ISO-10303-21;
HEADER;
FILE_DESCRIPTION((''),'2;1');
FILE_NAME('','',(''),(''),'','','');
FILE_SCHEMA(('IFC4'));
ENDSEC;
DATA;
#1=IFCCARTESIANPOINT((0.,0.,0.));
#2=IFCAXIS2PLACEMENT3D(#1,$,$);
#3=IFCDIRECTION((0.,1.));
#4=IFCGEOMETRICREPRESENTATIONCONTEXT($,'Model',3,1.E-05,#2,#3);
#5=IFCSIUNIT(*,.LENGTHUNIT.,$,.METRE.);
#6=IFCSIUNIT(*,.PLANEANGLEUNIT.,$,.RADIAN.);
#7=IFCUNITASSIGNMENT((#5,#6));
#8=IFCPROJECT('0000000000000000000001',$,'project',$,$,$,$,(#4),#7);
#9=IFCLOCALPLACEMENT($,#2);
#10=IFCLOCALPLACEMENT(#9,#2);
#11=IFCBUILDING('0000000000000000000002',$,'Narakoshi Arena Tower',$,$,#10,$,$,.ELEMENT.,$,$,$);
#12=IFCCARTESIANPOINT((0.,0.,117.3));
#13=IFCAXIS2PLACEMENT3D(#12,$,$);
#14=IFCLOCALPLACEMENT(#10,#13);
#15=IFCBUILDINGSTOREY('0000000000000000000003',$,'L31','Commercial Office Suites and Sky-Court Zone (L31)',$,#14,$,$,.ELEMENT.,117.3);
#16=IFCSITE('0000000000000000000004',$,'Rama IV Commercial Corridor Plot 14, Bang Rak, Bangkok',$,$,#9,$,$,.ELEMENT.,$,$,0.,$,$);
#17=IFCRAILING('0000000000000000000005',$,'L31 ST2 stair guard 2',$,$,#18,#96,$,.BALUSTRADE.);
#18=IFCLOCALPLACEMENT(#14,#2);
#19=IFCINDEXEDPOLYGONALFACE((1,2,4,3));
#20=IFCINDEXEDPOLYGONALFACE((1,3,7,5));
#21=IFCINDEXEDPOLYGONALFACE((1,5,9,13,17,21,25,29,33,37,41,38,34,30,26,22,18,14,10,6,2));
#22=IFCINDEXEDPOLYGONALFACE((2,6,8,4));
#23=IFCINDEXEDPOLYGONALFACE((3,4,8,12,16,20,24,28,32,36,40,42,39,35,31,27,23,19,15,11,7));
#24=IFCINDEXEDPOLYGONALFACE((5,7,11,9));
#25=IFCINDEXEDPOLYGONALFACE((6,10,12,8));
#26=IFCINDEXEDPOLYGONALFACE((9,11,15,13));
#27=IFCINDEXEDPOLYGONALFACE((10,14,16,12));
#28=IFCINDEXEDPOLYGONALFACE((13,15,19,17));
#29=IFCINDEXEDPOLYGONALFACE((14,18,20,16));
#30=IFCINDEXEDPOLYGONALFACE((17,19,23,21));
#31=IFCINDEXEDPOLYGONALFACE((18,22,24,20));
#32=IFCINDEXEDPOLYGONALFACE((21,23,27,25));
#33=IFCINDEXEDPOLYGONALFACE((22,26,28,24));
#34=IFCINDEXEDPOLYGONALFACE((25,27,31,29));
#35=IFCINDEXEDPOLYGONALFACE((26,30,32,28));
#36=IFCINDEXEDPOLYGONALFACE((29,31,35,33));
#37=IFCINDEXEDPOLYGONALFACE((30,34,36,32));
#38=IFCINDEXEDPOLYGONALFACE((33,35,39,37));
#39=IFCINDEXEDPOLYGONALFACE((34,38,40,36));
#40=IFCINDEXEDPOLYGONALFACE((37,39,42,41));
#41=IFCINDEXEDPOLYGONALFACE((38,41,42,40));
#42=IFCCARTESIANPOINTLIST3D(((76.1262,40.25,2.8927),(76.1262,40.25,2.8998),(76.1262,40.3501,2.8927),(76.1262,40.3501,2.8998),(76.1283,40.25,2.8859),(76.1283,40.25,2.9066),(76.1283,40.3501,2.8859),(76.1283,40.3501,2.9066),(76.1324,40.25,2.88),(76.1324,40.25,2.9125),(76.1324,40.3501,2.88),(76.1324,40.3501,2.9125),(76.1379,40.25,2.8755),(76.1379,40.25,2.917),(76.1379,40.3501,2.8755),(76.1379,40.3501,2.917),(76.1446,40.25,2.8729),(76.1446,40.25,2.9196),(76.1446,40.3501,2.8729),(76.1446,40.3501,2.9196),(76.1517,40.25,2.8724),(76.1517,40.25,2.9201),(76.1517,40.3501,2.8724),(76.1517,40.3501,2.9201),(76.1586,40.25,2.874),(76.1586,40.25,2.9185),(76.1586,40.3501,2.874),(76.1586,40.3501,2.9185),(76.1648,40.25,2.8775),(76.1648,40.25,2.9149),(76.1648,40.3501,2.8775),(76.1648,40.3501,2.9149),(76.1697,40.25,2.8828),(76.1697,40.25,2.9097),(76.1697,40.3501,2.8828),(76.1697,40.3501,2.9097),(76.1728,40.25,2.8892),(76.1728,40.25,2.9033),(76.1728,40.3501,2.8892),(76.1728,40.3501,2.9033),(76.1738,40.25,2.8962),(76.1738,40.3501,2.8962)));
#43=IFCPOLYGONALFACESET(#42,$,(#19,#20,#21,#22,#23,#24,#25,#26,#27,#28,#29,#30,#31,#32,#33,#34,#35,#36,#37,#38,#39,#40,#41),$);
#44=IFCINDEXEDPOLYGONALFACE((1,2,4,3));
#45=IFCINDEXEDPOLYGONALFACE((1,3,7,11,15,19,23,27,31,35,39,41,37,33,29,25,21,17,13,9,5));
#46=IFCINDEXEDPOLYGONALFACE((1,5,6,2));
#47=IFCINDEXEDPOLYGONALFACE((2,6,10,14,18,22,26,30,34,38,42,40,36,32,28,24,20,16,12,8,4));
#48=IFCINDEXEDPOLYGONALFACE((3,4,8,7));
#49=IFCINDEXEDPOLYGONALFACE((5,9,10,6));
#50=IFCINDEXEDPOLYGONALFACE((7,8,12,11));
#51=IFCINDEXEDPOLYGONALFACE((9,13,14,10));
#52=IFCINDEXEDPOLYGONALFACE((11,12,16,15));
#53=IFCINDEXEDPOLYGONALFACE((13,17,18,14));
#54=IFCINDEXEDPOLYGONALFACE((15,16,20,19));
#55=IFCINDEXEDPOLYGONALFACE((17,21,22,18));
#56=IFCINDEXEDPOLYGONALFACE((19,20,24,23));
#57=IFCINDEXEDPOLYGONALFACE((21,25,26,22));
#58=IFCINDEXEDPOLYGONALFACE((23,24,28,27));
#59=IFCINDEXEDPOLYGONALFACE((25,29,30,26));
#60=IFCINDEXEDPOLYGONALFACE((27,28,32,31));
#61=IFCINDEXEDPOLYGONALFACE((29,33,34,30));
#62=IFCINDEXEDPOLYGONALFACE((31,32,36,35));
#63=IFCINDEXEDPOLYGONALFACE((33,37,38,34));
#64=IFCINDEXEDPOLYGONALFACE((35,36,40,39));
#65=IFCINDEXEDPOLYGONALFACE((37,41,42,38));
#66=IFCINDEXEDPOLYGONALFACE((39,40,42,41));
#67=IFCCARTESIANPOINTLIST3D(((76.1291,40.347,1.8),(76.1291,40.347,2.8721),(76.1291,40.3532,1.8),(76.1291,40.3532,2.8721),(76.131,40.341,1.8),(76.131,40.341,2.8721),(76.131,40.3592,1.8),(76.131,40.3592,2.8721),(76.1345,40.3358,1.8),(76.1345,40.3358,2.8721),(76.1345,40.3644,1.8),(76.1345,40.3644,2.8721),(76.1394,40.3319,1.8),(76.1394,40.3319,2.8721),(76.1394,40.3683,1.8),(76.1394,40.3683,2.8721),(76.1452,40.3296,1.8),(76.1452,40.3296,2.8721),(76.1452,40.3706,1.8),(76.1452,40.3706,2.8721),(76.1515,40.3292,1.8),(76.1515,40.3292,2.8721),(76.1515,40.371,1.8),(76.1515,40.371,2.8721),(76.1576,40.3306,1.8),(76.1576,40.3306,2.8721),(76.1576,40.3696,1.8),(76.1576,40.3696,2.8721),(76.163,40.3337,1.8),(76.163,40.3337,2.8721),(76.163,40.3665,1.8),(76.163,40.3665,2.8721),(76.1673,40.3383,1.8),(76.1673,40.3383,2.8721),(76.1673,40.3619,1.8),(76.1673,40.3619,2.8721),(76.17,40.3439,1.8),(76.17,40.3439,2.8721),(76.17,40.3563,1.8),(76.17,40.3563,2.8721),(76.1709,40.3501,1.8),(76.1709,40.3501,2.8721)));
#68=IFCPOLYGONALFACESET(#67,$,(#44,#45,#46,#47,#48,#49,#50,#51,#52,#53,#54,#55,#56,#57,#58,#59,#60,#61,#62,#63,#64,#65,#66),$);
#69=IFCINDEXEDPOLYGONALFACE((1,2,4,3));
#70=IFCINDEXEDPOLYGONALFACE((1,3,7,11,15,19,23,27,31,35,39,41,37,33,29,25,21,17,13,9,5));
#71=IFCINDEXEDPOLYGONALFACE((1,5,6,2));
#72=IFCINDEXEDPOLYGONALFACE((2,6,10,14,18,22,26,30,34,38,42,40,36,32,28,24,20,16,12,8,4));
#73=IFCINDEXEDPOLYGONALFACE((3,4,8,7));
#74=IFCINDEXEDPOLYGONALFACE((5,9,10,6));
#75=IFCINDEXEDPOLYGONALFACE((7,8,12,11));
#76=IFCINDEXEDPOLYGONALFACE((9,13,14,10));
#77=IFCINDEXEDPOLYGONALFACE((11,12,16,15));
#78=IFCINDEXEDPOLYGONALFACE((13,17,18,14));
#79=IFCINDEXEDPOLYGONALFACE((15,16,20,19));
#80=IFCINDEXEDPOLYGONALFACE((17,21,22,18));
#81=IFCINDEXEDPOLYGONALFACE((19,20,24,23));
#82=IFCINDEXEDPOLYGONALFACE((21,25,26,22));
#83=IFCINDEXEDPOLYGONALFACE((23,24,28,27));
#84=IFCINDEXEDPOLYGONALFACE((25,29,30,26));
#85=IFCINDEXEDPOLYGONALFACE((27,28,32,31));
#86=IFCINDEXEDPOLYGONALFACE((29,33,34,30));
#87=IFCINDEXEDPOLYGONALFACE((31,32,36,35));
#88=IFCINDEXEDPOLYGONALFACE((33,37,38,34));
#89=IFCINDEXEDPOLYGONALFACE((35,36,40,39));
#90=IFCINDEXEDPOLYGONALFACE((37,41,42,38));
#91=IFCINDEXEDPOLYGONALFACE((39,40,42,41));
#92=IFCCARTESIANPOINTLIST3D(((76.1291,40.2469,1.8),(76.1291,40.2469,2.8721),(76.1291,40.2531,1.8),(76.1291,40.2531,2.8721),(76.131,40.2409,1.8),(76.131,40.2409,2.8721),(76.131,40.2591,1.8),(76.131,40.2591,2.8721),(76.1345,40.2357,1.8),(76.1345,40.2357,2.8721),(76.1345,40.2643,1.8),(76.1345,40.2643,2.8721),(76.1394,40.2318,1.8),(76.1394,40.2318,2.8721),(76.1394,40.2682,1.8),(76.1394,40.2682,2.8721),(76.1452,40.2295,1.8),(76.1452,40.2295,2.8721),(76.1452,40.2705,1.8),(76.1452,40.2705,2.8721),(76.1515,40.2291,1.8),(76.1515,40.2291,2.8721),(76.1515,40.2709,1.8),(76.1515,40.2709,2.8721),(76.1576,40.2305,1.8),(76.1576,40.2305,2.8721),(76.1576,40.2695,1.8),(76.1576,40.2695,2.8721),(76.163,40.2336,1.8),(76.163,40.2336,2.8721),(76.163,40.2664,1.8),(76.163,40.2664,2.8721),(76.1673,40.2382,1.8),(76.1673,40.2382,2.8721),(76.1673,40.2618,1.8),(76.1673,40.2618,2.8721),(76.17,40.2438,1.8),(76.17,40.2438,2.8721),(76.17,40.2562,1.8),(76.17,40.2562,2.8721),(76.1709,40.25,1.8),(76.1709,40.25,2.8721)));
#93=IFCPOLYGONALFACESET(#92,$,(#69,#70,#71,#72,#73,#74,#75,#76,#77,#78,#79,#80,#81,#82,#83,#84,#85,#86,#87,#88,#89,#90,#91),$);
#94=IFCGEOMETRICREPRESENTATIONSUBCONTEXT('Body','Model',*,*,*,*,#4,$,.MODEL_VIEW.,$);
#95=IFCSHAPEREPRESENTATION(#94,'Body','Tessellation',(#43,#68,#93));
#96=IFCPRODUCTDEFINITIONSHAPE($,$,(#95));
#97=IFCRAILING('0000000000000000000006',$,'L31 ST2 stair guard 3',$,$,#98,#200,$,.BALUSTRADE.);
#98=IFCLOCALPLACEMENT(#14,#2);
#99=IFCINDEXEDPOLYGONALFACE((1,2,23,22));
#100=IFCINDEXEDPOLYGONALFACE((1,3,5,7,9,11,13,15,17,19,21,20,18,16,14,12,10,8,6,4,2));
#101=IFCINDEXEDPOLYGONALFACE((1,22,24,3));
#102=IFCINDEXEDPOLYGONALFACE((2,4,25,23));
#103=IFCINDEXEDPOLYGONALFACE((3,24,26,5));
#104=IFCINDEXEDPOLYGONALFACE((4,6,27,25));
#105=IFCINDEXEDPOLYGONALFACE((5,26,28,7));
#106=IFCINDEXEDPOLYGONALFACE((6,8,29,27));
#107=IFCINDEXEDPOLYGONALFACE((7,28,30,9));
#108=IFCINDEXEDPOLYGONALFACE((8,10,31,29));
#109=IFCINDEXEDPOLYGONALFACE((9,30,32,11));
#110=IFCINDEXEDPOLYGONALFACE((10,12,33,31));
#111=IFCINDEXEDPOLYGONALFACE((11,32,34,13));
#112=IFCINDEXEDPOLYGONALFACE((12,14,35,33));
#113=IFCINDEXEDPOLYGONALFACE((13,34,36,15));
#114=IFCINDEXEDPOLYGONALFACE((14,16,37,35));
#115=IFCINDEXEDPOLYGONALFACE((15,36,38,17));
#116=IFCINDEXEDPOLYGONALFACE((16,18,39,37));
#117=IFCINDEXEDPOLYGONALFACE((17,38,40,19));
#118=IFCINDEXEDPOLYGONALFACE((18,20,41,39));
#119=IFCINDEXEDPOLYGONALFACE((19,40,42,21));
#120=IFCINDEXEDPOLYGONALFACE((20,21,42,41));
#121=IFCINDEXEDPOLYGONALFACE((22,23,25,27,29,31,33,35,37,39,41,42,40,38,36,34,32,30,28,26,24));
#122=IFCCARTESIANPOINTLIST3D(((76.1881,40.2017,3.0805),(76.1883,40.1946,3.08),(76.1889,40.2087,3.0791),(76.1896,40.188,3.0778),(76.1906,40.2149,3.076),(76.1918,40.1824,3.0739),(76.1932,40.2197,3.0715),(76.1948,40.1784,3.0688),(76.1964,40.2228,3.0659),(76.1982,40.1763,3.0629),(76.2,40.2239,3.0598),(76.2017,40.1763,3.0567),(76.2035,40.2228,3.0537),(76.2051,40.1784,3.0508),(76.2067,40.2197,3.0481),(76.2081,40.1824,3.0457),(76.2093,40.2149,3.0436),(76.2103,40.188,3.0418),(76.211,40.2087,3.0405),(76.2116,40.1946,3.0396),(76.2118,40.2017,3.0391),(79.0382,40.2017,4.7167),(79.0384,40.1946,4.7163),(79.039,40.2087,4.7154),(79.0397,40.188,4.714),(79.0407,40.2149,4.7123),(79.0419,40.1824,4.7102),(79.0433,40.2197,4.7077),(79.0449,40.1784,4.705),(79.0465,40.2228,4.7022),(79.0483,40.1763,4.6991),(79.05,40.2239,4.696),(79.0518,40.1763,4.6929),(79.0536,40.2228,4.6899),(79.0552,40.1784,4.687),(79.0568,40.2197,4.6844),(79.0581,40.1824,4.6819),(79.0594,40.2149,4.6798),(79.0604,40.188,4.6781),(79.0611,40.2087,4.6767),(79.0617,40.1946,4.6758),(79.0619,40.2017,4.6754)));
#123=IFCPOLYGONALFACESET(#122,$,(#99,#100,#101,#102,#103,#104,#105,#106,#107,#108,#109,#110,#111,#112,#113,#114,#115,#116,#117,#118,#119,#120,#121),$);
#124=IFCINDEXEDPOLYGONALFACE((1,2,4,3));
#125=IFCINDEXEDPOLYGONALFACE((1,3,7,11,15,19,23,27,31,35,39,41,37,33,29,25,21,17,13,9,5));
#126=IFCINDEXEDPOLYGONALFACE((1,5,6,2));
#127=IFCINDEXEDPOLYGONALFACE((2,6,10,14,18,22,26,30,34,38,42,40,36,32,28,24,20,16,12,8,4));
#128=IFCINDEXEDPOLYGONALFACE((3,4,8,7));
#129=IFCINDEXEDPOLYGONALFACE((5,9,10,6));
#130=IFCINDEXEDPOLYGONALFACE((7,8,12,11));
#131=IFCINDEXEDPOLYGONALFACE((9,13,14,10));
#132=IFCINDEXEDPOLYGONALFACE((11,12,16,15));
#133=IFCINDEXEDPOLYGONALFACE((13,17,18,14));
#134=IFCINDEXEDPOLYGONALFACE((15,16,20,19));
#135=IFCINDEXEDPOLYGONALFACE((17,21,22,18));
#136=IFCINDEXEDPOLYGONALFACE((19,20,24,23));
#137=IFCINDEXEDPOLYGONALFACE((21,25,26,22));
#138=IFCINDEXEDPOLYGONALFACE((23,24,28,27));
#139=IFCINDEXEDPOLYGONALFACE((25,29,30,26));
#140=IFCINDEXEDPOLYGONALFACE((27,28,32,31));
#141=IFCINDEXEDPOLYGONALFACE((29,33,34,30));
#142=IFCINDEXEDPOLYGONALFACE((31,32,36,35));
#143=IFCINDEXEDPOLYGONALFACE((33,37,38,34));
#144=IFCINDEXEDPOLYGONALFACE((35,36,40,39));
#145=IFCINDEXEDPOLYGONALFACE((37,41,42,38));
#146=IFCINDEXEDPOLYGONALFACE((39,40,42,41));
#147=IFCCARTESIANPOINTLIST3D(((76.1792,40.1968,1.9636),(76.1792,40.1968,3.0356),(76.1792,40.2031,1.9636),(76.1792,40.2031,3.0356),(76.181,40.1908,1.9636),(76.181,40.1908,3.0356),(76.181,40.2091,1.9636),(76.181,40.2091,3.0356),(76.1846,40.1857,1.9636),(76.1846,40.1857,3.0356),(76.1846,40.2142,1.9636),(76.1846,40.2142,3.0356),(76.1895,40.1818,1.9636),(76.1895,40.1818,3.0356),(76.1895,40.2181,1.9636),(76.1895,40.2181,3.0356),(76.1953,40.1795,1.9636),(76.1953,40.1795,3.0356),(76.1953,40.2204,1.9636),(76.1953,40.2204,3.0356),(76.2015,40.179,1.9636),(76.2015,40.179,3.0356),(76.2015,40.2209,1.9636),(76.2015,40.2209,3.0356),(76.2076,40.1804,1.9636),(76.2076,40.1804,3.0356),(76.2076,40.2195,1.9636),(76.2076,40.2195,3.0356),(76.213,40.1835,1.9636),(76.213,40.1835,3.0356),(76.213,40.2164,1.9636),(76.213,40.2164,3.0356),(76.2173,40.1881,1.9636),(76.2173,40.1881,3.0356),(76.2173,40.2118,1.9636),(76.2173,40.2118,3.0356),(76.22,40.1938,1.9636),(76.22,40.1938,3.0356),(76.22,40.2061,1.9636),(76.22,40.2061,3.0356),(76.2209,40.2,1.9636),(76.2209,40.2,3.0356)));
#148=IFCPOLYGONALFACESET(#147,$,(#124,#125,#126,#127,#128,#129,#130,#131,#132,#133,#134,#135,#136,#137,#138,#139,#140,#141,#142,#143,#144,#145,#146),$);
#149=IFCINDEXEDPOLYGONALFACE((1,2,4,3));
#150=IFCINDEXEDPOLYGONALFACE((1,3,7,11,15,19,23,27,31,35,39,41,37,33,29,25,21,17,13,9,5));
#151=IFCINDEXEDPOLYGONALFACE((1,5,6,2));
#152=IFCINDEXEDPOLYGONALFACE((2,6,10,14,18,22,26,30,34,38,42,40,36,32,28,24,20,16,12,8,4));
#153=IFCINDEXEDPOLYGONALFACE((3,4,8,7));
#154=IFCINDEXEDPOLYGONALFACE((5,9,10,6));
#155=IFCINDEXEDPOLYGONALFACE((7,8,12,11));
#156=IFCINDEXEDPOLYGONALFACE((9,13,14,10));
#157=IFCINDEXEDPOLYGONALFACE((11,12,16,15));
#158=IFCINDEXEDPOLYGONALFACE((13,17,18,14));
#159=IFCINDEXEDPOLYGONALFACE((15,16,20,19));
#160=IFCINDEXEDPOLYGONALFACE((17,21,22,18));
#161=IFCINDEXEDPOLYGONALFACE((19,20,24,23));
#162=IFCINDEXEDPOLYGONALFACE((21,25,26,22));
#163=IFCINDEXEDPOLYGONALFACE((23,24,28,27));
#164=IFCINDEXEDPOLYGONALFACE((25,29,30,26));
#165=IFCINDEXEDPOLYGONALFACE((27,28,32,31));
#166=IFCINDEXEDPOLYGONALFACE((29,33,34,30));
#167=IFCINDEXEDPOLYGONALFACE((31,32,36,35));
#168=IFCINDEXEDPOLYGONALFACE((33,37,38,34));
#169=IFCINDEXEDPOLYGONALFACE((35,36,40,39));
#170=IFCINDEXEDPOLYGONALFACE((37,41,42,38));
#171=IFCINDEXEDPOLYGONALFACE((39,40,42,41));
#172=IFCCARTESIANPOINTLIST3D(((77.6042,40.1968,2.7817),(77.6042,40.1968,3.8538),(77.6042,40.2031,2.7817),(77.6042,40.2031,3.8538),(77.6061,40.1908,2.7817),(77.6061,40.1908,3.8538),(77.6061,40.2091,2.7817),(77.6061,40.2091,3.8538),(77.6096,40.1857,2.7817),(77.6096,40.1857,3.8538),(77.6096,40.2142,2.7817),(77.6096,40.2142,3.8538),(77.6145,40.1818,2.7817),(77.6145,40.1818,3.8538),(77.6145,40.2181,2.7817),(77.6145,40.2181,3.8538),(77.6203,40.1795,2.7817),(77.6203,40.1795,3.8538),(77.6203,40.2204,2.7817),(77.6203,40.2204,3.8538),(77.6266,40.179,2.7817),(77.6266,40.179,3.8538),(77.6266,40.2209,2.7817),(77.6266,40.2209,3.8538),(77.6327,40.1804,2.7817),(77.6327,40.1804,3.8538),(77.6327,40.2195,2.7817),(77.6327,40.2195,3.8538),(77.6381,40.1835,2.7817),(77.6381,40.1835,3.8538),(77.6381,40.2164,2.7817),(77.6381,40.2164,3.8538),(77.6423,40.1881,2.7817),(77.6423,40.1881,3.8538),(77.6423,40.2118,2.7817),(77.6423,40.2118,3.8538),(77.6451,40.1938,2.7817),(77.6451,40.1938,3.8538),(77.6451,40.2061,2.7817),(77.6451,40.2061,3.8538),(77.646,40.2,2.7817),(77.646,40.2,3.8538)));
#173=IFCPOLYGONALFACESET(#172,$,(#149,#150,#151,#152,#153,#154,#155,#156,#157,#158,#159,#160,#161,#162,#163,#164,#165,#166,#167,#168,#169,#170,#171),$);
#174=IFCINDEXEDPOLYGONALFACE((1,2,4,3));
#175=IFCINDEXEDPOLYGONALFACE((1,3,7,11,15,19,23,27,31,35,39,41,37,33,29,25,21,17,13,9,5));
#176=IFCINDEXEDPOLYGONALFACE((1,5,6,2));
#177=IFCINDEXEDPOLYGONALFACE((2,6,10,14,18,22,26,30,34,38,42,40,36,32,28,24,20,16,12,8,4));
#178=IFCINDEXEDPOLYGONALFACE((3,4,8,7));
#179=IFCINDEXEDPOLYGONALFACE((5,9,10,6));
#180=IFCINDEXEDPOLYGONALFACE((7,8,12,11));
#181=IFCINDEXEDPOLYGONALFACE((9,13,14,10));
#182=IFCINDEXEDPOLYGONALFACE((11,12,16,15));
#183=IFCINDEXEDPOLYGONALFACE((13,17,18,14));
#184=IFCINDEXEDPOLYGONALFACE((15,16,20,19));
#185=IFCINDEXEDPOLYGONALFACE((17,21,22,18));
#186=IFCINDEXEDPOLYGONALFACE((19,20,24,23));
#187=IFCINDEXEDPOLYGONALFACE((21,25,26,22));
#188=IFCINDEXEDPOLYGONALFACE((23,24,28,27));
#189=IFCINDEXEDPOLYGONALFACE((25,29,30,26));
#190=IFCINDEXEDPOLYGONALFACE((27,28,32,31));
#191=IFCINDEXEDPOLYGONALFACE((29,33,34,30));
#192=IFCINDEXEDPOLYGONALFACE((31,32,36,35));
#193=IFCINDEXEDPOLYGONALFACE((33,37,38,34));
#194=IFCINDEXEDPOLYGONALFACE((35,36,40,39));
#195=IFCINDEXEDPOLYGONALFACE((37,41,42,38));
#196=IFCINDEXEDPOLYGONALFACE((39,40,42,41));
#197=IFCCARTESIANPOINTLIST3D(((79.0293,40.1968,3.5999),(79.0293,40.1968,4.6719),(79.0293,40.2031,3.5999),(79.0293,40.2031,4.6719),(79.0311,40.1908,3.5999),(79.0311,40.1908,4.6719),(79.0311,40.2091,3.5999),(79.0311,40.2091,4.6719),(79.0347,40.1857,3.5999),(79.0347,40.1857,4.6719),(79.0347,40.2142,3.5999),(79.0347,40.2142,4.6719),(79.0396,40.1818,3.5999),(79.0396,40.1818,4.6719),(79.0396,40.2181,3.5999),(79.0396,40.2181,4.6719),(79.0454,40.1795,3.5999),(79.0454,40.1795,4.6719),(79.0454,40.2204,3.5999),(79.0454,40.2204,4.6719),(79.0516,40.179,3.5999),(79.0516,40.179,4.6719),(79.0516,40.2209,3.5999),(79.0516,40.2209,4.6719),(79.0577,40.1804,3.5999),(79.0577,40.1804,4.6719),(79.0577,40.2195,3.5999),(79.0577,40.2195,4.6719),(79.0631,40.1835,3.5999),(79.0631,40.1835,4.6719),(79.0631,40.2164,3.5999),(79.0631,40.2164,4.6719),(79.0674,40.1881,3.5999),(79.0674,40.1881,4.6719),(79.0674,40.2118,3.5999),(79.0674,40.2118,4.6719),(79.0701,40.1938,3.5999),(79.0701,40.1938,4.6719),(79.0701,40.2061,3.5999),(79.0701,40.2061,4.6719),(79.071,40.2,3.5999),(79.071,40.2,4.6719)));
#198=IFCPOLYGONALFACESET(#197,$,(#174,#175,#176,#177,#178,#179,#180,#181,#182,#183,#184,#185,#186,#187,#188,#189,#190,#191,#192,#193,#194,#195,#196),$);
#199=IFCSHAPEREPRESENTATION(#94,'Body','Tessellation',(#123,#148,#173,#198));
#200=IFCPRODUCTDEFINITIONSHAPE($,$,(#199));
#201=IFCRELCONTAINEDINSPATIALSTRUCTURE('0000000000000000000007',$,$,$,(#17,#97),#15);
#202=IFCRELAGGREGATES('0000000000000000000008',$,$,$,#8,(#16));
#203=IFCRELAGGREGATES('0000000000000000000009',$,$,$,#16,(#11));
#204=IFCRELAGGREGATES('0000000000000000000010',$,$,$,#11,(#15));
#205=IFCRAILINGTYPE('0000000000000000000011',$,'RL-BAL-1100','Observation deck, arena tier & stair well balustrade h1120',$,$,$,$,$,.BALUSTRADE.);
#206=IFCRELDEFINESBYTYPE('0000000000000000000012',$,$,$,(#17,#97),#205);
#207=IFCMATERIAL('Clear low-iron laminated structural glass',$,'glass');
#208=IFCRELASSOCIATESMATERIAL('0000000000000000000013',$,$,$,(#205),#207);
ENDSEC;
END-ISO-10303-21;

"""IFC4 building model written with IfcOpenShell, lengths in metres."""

from ifc_helpers import new_model, si_unit, direction, frame, origin, origin_2d, place, context, subcontext, project, spatial, circle, extrude, material, type_object, element, save


model = new_model("IFC4")

# Units and contexts
model_context = context("Model", 3, precision=1e-05, world=origin(), true_north=direction((0.0, 1.0)))
body_context = subcontext(model_context, "Body", "Model", "MODEL_VIEW")
ifc_project = project(units=[si_unit("LENGTHUNIT", "METRE"), si_unit("PLANEANGLEUNIT", "RADIAN")], contexts=[model_context])

# Site, building, storey
site_placement = place(None, origin())
site = spatial("IfcSite", under=ifc_project, at=site_placement, Name="Rama IV Commercial Corridor Plot 14, Bang Rak, Bangkok", CompositionType="ELEMENT", RefElevation=0.0)
building_placement = place(site_placement, origin())
building = spatial("IfcBuilding", under=site, at=building_placement, Name="Narakoshi Arena Tower", CompositionType="ELEMENT")
storey_placement = place(building_placement, frame((0.0, 0.0, 117.3)))
storey = spatial("IfcBuildingStorey", under=building, at=storey_placement, Name="L31", Description="Commercial Office Suites and Sky-Court Zone (L31)", CompositionType="ELEMENT", Elevation=117.3)

# Railings
ifc_material_1 = material(Name="Clear low-iron laminated structural glass", Category="glass")
railing_type_1 = type_object("IfcRailingType", Name="RL-BAL-1100", Description="Observation deck, arena tier & stair well balustrade h1120", PredefinedType="BALUSTRADE", material=ifc_material_1)
railing_1_placement = place(storey_placement, frame((76.1499, 40.3501, 1.8)))
element("IfcRailing", 1, at=railing_1_placement, inside=storey, type_object=railing_type_1, Name="L31 ST2 stair guard 2", PredefinedType="BALUSTRADE", context=body_context, shape_type="SweptSolid", body=[
    extrude(circle(Radius=0.0239, at=origin_2d()), frame((0.0, 0.0, 1.0962), z_axis=(0.0, -1.0, 0.0), x_axis=(1.0, 0.0, 0.0)), (0.0, 0.0, 1.0), 0.1001),
    extrude(circle(Radius=0.021, at=origin_2d()), origin(), (0.0, 0.0, 1.0), 1.072),
    extrude(circle(Radius=0.021, at=origin_2d()), frame((0.0, -0.1001, 0.0)), (0.0, 0.0, 1.0), 1.072),
])
railing_2_placement = place(storey_placement, frame((76.2, 40.2, 1.9636)))
element("IfcRailing", 2, at=railing_2_placement, inside=storey, type_object=railing_type_1, Name="L31 ST2 stair guard 3", PredefinedType="BALUSTRADE", context=body_context, shape_type="SweptSolid", body=[
    extrude(circle(Radius=0.0239, at=origin_2d()), frame((0.0, 0.0, 1.0962), z_axis=(0.867245, 0.0, 0.497882), x_axis=(0.0, 1.0, 0.0)), (0.0, 0.0, 1.0), 3.2864),
    extrude(circle(Radius=0.021, at=origin_2d()), origin(), (0.0, 0.0, 1.0), 1.072),
    extrude(circle(Radius=0.021, at=origin_2d()), frame((1.425, 0.0, 0.8181)), (0.0, 0.0, 1.0), 1.072),
    extrude(circle(Radius=0.021, at=origin_2d()), frame((2.8501, 0.0, 1.6362)), (0.0, 0.0, 1.0), 1.072),
])

save(model, "model.ifc")
